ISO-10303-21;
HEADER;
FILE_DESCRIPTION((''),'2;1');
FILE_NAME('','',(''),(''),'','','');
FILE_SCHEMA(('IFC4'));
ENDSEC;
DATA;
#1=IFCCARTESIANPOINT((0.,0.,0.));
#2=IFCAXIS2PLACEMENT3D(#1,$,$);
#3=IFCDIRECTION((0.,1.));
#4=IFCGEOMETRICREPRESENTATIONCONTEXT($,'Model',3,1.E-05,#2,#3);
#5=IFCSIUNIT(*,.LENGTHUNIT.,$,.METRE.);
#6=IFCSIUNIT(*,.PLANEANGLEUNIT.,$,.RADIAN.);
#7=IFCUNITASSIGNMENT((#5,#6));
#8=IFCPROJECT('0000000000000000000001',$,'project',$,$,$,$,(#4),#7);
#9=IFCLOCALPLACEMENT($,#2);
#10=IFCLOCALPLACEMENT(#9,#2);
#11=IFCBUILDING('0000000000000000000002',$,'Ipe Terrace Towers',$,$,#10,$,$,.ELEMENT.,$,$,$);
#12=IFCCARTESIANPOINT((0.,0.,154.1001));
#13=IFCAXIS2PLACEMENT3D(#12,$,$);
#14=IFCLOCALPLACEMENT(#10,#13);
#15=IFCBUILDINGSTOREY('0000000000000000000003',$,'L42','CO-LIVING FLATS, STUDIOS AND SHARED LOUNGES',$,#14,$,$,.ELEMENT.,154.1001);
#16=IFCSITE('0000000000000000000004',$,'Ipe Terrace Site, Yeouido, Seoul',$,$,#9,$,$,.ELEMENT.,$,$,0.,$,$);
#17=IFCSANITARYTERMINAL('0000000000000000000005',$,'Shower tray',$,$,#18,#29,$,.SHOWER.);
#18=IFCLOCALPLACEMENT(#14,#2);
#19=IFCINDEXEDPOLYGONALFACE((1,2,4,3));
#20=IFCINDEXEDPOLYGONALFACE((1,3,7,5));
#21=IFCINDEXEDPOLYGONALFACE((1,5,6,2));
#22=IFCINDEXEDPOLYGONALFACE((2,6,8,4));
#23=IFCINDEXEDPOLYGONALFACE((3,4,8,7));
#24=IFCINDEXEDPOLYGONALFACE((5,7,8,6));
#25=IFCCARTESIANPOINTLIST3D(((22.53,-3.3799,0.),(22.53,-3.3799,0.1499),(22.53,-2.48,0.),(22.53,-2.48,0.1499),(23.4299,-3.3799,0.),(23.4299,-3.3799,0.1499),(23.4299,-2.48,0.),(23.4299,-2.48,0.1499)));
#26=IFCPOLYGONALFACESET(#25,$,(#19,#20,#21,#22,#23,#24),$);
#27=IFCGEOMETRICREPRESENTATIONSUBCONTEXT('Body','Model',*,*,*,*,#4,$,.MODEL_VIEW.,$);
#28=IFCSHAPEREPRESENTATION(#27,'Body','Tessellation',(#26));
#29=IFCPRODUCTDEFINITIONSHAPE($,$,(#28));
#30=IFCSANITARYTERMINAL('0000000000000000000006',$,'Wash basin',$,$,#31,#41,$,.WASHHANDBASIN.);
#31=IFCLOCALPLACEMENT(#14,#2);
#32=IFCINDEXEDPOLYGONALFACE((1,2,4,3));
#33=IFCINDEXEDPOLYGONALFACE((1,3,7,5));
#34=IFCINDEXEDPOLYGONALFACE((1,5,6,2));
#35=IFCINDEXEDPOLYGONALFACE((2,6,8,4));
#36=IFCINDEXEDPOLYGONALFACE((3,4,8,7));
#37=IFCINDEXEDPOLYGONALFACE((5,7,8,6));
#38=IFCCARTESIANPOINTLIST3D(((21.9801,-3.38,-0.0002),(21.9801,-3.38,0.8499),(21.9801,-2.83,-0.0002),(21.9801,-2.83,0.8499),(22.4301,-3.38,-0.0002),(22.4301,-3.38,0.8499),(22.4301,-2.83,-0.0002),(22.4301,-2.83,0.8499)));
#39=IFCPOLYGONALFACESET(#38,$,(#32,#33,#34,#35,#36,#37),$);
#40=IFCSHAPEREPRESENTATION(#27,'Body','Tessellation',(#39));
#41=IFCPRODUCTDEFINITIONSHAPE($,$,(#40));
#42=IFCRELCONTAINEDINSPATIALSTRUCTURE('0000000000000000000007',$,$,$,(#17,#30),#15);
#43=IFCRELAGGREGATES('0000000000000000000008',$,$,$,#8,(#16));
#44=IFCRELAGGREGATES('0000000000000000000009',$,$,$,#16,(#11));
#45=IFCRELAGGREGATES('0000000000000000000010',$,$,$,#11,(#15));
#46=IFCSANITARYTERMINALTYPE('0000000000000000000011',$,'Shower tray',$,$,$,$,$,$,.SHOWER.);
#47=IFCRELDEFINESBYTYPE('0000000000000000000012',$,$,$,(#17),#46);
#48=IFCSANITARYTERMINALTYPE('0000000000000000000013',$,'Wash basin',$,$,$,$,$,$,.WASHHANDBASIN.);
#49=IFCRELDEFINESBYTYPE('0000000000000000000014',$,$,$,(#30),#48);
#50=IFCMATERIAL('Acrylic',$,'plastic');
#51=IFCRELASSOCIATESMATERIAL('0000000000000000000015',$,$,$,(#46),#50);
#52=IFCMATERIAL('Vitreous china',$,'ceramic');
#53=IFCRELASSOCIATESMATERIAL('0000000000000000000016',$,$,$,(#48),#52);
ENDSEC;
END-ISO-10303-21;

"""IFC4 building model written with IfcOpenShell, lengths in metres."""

from ifc_helpers import new_model, si_unit, direction, frame, origin, origin_2d, place, context, subcontext, project, spatial, rectangle, extrude, material, type_object, element, save


model = new_model("IFC4")

# Units and contexts
model_context = context("Model", 3, precision=1e-05, world=origin(), true_north=direction((0.0, 1.0)))
body_context = subcontext(model_context, "Body", "Model", "MODEL_VIEW")
ifc_project = project(units=[si_unit("LENGTHUNIT", "METRE"), si_unit("PLANEANGLEUNIT", "RADIAN")], contexts=[model_context])

# Site, building, storey
site_placement = place(None, origin())
site = spatial("IfcSite", under=ifc_project, at=site_placement, Name="Ipe Terrace Site, Yeouido, Seoul", CompositionType="ELEMENT", RefElevation=0.0)
building_placement = place(site_placement, origin())
building = spatial("IfcBuilding", under=site, at=building_placement, Name="Ipe Terrace Towers", CompositionType="ELEMENT")
storey_placement = place(building_placement, frame((0.0, 0.0, 154.1001)))
storey = spatial("IfcBuildingStorey", under=building, at=storey_placement, Name="L42", Description="CO-LIVING FLATS, STUDIOS AND SHARED LOUNGES", CompositionType="ELEMENT", Elevation=154.1001)

# Sanitary terminals
ifc_material_1 = material(Name="Acrylic", Category="plastic")
sanitary_terminal_type_1 = type_object("IfcSanitaryTerminalType", Name="Shower tray", PredefinedType="SHOWER", material=ifc_material_1)
sanitary_terminal_1_placement = place(storey_placement, frame((22.98, -2.9299, 0.0), z_axis=(0.0, 0.0, 1.0), x_axis=(0.0, 1.0, 0.0)))
element("IfcSanitaryTerminal", 1, at=sanitary_terminal_1_placement, inside=storey, type_object=sanitary_terminal_type_1, Name="Shower tray", PredefinedType="SHOWER", context=body_context, shape_type="SweptSolid", body=[
    extrude(rectangle(XDim=0.8999, YDim=0.8999, at=origin_2d()), origin(), (0.0, 0.0, 1.0), 0.1499),
])
ifc_material_2 = material(Name="Vitreous china", Category="ceramic")
sanitary_terminal_type_2 = type_object("IfcSanitaryTerminalType", Name="Wash basin", PredefinedType="WASHHANDBASIN", material=ifc_material_2)
sanitary_terminal_2_placement = place(storey_placement, frame((22.2051, -3.105, -0.0002), z_axis=(0.0, 0.0, 1.0), x_axis=(0.0, 1.0, 0.0)))
element("IfcSanitaryTerminal", 2, at=sanitary_terminal_2_placement, inside=storey, type_object=sanitary_terminal_type_2, Name="Wash basin", PredefinedType="WASHHANDBASIN", context=body_context, shape_type="SweptSolid", body=[
    extrude(rectangle(XDim=0.55, YDim=0.45, at=origin_2d()), origin(), (0.0, 0.0, 1.0), 0.8501),
])

save(model, "model.ifc")
